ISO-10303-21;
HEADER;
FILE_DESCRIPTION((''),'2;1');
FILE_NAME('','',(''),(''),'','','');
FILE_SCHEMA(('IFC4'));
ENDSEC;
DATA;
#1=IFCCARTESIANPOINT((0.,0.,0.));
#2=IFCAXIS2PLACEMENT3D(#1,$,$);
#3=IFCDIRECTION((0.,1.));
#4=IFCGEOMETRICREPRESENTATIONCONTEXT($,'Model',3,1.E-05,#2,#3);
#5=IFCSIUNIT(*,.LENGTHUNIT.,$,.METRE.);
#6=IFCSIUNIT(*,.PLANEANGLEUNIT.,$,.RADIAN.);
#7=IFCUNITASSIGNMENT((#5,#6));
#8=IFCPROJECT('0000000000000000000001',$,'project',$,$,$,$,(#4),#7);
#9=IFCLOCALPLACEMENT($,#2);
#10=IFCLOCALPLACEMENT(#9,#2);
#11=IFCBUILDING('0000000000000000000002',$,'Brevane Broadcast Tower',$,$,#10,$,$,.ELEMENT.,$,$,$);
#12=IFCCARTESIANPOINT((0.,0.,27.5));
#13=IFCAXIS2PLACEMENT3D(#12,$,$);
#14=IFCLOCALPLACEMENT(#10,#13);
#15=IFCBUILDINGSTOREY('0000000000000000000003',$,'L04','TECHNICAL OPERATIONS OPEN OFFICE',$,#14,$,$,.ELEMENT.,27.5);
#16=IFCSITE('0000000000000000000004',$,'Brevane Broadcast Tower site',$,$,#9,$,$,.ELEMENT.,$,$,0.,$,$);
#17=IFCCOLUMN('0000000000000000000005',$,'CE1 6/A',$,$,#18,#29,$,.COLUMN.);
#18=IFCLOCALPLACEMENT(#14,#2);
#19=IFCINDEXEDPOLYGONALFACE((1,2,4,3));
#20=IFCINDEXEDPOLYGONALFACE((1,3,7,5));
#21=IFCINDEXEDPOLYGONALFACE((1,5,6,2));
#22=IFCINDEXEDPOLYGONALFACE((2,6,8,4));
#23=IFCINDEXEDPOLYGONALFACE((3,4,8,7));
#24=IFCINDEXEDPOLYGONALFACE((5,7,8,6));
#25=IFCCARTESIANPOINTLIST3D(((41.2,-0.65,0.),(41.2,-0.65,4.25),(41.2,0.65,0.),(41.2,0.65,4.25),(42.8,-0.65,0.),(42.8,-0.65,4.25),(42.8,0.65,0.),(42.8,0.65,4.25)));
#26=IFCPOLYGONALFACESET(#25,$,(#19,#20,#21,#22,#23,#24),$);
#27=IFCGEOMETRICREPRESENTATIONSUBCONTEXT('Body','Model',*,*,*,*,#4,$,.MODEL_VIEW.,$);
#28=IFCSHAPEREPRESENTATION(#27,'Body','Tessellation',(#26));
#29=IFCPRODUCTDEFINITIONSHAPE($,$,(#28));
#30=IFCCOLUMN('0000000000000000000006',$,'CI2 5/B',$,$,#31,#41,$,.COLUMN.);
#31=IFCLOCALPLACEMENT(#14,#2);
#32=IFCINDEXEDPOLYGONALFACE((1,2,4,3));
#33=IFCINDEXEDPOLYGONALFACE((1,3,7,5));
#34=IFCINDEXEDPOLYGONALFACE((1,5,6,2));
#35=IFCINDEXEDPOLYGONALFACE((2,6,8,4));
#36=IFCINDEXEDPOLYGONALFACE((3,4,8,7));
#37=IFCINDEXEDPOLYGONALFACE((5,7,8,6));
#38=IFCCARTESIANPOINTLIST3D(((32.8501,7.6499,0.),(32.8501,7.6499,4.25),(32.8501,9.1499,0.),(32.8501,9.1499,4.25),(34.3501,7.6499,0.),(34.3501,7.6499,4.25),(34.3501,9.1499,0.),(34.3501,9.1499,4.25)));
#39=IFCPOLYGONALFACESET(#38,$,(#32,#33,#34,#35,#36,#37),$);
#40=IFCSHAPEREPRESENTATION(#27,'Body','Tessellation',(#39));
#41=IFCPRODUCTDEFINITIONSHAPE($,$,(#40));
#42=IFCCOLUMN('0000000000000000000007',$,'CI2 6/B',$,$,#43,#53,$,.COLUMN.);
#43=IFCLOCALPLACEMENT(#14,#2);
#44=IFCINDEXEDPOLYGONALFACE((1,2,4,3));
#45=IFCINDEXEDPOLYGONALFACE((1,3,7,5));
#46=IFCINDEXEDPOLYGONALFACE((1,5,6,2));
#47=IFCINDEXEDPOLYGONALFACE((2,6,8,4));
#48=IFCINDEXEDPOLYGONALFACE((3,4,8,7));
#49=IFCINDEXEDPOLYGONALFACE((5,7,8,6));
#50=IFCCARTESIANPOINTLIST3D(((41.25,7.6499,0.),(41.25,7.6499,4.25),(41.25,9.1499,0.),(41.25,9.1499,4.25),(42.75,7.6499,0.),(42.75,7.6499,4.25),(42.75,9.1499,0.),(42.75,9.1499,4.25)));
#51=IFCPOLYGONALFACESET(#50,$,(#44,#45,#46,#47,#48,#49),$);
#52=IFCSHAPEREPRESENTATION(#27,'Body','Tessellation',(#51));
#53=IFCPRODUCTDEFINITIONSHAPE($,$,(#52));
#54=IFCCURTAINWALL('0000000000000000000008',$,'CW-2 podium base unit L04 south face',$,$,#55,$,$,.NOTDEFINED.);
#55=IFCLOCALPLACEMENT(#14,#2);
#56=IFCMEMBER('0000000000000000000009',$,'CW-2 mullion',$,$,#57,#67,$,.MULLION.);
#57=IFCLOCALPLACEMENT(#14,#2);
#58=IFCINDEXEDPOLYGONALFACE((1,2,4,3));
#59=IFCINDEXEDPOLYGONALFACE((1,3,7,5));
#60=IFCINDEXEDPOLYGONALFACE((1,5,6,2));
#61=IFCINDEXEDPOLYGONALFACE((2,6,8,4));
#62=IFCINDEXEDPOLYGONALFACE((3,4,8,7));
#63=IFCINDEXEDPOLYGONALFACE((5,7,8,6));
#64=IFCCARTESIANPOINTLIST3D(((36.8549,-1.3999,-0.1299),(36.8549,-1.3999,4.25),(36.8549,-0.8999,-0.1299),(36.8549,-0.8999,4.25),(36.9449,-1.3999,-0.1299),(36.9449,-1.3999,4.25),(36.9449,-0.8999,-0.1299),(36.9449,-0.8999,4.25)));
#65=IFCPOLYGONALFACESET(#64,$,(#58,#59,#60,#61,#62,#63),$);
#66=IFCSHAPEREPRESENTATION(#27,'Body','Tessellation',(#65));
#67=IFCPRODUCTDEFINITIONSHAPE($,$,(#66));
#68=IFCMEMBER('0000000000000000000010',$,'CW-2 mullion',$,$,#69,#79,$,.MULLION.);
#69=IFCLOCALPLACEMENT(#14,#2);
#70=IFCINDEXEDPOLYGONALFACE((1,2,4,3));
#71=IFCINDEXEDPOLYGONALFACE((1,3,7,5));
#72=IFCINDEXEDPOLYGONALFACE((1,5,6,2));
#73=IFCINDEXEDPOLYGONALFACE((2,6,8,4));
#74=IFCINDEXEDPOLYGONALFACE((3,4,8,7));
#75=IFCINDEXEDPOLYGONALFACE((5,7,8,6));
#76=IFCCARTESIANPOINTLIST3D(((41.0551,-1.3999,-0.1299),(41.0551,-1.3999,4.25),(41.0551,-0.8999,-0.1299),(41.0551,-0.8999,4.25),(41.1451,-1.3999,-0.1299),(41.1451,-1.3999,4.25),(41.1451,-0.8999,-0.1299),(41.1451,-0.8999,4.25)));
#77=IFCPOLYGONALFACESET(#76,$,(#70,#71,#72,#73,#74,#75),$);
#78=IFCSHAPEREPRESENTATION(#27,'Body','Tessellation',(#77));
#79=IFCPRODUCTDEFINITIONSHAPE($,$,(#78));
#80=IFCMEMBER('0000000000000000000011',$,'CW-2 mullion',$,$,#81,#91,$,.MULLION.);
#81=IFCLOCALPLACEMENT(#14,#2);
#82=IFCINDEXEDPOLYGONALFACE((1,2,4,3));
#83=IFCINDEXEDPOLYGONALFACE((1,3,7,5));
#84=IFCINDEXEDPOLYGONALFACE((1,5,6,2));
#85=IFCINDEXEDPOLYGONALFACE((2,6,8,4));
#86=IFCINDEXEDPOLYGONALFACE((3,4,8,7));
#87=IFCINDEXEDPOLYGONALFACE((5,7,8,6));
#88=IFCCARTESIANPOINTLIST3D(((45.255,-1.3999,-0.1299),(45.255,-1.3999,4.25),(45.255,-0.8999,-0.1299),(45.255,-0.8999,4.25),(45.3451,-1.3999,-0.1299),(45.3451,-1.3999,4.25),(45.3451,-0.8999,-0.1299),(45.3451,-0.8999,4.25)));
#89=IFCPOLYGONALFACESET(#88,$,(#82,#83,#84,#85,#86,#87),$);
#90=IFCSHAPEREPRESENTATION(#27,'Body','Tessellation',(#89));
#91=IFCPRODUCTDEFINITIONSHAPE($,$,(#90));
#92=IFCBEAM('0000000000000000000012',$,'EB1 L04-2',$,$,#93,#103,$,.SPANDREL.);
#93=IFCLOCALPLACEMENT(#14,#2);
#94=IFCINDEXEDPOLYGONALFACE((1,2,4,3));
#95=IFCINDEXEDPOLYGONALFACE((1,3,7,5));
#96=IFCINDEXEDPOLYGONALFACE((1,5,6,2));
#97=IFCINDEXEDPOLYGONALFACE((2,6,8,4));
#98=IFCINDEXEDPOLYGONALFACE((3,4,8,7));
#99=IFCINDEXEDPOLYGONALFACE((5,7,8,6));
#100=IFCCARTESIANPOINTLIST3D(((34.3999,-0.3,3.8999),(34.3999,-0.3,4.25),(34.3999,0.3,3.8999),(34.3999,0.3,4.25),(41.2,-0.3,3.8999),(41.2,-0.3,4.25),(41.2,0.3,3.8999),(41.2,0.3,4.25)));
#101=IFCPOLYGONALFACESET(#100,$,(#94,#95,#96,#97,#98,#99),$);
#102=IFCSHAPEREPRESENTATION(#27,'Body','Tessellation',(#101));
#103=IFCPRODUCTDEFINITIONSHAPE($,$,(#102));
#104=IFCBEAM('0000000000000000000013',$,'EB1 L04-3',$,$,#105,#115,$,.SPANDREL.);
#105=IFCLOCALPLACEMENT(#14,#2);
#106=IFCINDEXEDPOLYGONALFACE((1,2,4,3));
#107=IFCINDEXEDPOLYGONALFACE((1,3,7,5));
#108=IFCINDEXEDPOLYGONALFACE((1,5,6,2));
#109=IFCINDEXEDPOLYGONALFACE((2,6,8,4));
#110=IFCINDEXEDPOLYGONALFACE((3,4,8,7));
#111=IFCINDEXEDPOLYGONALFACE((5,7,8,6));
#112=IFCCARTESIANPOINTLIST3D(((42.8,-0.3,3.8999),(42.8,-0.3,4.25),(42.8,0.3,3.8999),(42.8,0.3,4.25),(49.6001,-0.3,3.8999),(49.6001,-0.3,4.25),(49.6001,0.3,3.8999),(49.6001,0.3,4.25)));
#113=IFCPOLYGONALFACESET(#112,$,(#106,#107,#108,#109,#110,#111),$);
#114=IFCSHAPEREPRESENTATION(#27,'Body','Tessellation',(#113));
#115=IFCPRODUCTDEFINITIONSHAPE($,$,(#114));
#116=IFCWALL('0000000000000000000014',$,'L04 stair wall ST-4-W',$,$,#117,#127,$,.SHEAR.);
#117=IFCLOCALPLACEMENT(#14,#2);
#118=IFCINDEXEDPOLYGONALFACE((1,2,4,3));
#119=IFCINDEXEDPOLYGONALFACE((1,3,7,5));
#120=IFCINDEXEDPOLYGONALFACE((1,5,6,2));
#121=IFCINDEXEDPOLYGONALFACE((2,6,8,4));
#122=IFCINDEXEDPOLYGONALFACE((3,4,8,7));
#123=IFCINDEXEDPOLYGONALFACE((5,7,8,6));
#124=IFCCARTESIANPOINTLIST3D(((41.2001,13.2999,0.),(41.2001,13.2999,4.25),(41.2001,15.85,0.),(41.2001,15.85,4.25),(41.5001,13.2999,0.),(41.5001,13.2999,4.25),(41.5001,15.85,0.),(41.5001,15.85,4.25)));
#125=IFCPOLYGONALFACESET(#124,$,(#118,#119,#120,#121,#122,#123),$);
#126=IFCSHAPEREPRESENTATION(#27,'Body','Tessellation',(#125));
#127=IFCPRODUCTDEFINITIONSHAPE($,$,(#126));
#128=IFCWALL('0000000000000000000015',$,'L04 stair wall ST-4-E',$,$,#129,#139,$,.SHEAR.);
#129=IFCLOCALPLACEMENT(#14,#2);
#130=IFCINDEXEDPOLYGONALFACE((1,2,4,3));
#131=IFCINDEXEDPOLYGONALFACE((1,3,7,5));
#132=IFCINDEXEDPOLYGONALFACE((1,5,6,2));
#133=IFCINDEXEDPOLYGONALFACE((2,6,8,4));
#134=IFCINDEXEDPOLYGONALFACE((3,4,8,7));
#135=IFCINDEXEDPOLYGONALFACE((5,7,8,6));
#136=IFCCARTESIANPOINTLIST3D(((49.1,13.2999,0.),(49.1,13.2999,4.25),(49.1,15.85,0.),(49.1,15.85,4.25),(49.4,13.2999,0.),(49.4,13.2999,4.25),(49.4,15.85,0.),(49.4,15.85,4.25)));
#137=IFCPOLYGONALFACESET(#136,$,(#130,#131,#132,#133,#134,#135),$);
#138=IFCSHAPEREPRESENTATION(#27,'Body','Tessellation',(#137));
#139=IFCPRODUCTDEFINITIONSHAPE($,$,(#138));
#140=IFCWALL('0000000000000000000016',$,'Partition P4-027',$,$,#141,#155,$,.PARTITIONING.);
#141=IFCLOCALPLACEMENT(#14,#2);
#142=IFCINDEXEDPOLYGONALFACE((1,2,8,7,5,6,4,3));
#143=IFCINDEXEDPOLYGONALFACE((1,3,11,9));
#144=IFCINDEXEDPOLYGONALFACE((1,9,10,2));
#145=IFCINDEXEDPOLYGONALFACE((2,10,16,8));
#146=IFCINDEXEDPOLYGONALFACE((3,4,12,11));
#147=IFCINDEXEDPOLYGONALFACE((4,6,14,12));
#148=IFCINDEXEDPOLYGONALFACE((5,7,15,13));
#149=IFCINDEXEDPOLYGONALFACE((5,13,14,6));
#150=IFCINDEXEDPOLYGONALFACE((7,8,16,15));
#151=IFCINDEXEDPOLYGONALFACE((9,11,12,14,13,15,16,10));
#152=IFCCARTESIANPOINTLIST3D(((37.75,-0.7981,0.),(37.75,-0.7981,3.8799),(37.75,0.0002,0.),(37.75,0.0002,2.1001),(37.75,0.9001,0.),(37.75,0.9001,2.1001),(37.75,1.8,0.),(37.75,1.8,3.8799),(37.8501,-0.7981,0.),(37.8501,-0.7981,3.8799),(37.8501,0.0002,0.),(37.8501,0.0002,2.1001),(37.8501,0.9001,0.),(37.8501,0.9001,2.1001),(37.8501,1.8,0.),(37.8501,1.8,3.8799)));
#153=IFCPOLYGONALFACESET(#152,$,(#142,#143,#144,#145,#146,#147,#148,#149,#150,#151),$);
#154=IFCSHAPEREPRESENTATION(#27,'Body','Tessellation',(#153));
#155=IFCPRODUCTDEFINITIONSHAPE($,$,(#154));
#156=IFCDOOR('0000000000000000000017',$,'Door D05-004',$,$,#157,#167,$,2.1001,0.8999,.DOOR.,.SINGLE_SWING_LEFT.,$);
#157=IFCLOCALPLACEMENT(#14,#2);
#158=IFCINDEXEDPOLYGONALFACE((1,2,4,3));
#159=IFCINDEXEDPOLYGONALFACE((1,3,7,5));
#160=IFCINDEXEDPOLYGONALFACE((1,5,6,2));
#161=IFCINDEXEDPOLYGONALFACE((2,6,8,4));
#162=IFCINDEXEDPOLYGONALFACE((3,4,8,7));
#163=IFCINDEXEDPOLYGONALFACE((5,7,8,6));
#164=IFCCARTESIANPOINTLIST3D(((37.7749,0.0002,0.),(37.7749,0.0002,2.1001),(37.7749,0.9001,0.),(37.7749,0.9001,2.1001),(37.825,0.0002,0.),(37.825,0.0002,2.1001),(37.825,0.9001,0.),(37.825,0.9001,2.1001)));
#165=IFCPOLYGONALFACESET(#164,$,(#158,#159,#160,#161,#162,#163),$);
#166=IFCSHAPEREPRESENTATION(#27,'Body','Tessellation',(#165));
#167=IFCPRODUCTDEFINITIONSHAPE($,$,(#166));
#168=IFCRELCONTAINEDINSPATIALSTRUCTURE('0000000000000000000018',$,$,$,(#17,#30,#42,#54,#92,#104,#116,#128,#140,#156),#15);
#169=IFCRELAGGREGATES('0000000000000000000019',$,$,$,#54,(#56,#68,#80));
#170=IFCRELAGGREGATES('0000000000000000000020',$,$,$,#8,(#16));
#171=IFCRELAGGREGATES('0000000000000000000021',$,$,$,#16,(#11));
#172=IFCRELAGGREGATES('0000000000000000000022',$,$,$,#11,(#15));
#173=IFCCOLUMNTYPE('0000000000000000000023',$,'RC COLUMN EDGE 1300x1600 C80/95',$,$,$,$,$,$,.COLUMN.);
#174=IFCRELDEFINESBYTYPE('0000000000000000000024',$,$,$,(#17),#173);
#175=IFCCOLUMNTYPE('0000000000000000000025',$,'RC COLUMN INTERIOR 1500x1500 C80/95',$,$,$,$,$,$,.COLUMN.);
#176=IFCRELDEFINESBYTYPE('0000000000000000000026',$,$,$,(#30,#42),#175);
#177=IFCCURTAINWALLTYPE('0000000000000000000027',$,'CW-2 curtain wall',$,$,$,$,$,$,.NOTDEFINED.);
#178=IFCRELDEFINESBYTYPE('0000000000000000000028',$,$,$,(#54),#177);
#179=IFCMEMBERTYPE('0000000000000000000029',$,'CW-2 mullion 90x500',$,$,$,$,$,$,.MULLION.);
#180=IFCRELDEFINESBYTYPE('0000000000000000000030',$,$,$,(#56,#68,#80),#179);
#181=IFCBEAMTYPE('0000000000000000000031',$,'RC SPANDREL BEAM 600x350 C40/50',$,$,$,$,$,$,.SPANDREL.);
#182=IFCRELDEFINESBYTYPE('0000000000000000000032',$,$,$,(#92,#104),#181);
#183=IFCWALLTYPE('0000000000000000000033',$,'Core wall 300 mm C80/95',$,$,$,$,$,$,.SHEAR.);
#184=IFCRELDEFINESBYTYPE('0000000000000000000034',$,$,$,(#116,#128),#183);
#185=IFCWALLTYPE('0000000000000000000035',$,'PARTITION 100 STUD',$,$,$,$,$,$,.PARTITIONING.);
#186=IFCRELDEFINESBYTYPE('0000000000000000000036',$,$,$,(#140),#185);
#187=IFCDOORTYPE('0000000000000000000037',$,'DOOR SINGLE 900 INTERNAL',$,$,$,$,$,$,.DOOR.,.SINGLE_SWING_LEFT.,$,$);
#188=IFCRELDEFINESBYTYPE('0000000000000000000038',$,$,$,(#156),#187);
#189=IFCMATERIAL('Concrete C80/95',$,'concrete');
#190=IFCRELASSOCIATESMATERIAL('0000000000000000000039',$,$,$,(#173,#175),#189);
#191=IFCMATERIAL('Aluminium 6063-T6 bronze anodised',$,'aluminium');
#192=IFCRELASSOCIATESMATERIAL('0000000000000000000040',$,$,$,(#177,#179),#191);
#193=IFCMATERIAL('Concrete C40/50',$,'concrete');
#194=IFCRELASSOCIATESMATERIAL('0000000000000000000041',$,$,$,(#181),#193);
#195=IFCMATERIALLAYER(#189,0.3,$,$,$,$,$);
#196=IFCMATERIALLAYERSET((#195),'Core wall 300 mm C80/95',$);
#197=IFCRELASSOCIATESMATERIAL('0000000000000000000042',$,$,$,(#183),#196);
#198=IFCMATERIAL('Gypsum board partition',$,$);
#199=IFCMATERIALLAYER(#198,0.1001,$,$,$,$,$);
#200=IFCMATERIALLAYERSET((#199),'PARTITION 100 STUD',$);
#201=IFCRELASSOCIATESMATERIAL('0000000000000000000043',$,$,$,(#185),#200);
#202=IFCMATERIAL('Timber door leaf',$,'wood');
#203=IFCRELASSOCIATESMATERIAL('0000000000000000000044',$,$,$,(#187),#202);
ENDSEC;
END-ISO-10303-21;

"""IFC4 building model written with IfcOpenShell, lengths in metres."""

from ifc_helpers import new_model, si_unit, direction, frame, frame_2d, origin, origin_2d, place, context, subcontext, project, spatial, rectangle, extrude, material, layer, layer_set, material_profile, profile_set, type_object, element, fill, aggregate, save


model = new_model("IFC4")

# Units and contexts
model_context = context("Model", 3, precision=1e-05, world=origin(), true_north=direction((0.0, 1.0)))
body_context = subcontext(model_context, "Body", "Model", "MODEL_VIEW")
ifc_project = project(units=[si_unit("LENGTHUNIT", "METRE"), si_unit("PLANEANGLEUNIT", "RADIAN")], contexts=[model_context])

# Site, building, storey
site_placement = place(None, origin())
site = spatial("IfcSite", under=ifc_project, at=site_placement, Name="Brevane Broadcast Tower site", CompositionType="ELEMENT", RefElevation=0.0)
building_placement = place(site_placement, origin())
building = spatial("IfcBuilding", under=site, at=building_placement, Name="Brevane Broadcast Tower", CompositionType="ELEMENT")
storey_placement = place(building_placement, frame((0.0, 0.0, 27.5)))
storey = spatial("IfcBuildingStorey", under=building, at=storey_placement, Name="L04", Description="TECHNICAL OPERATIONS OPEN OFFICE", CompositionType="ELEMENT", Elevation=27.5)

# Columns
ifc_material_1 = material(Name="Concrete C80/95", Category="concrete")
ifc_material_profile_1 = material_profile(ifc_material_1, rectangle(XDim=1.3, YDim=1.6001, at=origin_2d()), Name="RC 1300x1600")
ifc_profile_set_1 = profile_set([ifc_material_profile_1], Name="Concrete C80/95")
column_type_1 = type_object("IfcColumnType", Name="RC COLUMN EDGE 1300x1600 C80/95", PredefinedType="COLUMN", material=ifc_profile_set_1)
column_placement = place(storey_placement, frame((42.0, 0.0, 0.0), z_axis=(0.0, 0.0, 1.0), x_axis=(0.0, 1.0, 0.0)))
element("IfcColumn", 1, at=column_placement, inside=storey, type_object=column_type_1, Name="CE1 6/A", PredefinedType="COLUMN", context=body_context, shape_type="SweptSolid", body=[
    extrude(rectangle(XDim=1.3, YDim=1.6001, at=origin_2d()), origin(), (0.0, 0.0, 1.0), 4.25),
])
ifc_material_profile_2 = material_profile(ifc_material_1, rectangle(XDim=1.5, YDim=1.5, at=origin_2d()), Name="RC 1500x1500")
ifc_profile_set_2 = profile_set([ifc_material_profile_2], Name="Concrete C80/95")
column_type_2 = type_object("IfcColumnType", Name="RC COLUMN INTERIOR 1500x1500 C80/95", PredefinedType="COLUMN", material=ifc_profile_set_2)
for number, where, z_axis, x_axis, name in (
    (2, (33.6001, 8.3999, 0.0), (0.0, 0.0, 1.0), (1.0, 0.0, 0.0), "CI2 5/B"),
    (3, (42.0, 8.3999, 0.0), (0.0, 0.0, 1.0), (1.0, 0.0, 0.0), "CI2 6/B"),
):
    element("IfcColumn", number, at=place(storey_placement, frame(where, z_axis=z_axis, x_axis=x_axis)), inside=storey, type_object=column_type_2, Name=name, PredefinedType="COLUMN", context=body_context, shape_type="SweptSolid", body=[
        extrude(rectangle(XDim=1.5, YDim=1.5, at=origin_2d()), origin(), (0.0, 0.0, 1.0), 4.25),
    ])

# Curtain wall, members
ifc_material_2 = material(Name="Aluminium 6063-T6 bronze anodised", Category="aluminium")
curtain_wall_type = type_object("IfcCurtainWallType", Name="CW-2 curtain wall", PredefinedType="NOTDEFINED", material=ifc_material_2)
curtain_wall_placement = place(storey_placement, origin())
curtain_wall = element("IfcCurtainWall", 4, at=curtain_wall_placement, inside=storey, type_object=curtain_wall_type, Name="CW-2 podium base unit L04 south face", PredefinedType="NOTDEFINED")
ifc_material_profile_3 = material_profile(ifc_material_2, rectangle(XDim=0.5, YDim=0.0901, at=origin_2d()), Name="RECT 90x500")
ifc_profile_set_3 = profile_set([ifc_material_profile_3], Name="Aluminium 6063-T6 bronze anodised")
member_type = type_object("IfcMemberType", Name="CW-2 mullion 90x500", PredefinedType="MULLION", material=ifc_profile_set_3)
member_1_placement = place(storey_placement, frame((36.8999, -1.1499, -0.1299), z_axis=(0.0, 0.0, 1.0), x_axis=(0.0, 1.0, 0.0)))
member_1 = element("IfcMember", 5, at=member_1_placement, type_object=member_type, Name="CW-2 mullion", PredefinedType="MULLION", context=body_context, shape_type="SweptSolid", body=[
    extrude(rectangle(XDim=0.5, YDim=0.0901, at=origin_2d()), origin(), (0.0, 0.0, 1.0), 4.3799),
])
member_2_placement = place(storey_placement, frame((41.1001, -1.1499, -0.1299), z_axis=(0.0, 0.0, 1.0), x_axis=(0.0, 1.0, 0.0)))
member_2 = element("IfcMember", 6, at=member_2_placement, type_object=member_type, Name="CW-2 mullion", PredefinedType="MULLION", context=body_context, shape_type="SweptSolid", body=[
    extrude(rectangle(XDim=0.5, YDim=0.0901, at=origin_2d()), origin(), (0.0, 0.0, 1.0), 4.3799),
])
member_3_placement = place(storey_placement, frame((45.3, -1.1499, -0.1299), z_axis=(0.0, 0.0, 1.0), x_axis=(0.0, 1.0, 0.0)))
member_3 = element("IfcMember", 7, at=member_3_placement, type_object=member_type, Name="CW-2 mullion", PredefinedType="MULLION", context=body_context, shape_type="SweptSolid", body=[
    extrude(rectangle(XDim=0.5, YDim=0.0901, at=origin_2d()), origin(), (0.0, 0.0, 1.0), 4.3799),
])
aggregate(curtain_wall, [member_1, member_2, member_3])

# Beams
ifc_material_3 = material(Name="Concrete C40/50", Category="concrete")
ifc_material_profile_4 = material_profile(ifc_material_3, rectangle(XDim=0.6001, YDim=0.3501, at=origin_2d()), Name="RC 600x350")
ifc_profile_set_4 = profile_set([ifc_material_profile_4], Name="Concrete C40/50")
beam_type = type_object("IfcBeamType", Name="RC SPANDREL BEAM 600x350 C40/50", PredefinedType="SPANDREL", material=ifc_profile_set_4)
for number, where, z_axis, x_axis, name in (
    (8, (34.3999, 0.0, 4.075), (1.0, 0.0, 0.0), (0.0, 1.0, 0.0), "EB1 L04-2"),
    (9, (42.8, 0.0, 4.075), (1.0, 0.0, 0.0), (0.0, 1.0, 0.0), "EB1 L04-3"),
):
    element("IfcBeam", number, at=place(storey_placement, frame(where, z_axis=z_axis, x_axis=x_axis)), inside=storey, type_object=beam_type, Name=name, PredefinedType="SPANDREL", context=body_context, shape_type="SweptSolid", body=[
        extrude(rectangle(XDim=0.6001, YDim=0.3501, at=origin_2d()), origin(), (0.0, 0.0, 1.0), 6.8),
    ])

# Walls
ifc_layer_1 = layer(ifc_material_1, 0.3)
ifc_layer_set_1 = layer_set([ifc_layer_1], Name="Core wall 300 mm C80/95")
wall_type_1 = type_object("IfcWallType", Name="Core wall 300 mm C80/95", PredefinedType="SHEAR", material=ifc_layer_set_1)
for number, where, z_axis, x_axis, name in (
    (10, (41.3501, 13.3, 0.0), (0.0, 0.0, 1.0), (0.0, 1.0, 0.0), "L04 stair wall ST-4-W"),
    (11, (49.25, 13.3, 0.0), (0.0, 0.0, 1.0), (0.0, 1.0, 0.0), "L04 stair wall ST-4-E"),
):
    element("IfcWall", number, at=place(storey_placement, frame(where, z_axis=z_axis, x_axis=x_axis)), inside=storey, type_object=wall_type_1, Name=name, PredefinedType="SHEAR", context=body_context, shape_type="SweptSolid", body=[
        extrude(rectangle(XDim=2.55, YDim=0.3, at=frame_2d((1.2749, 0.0))), origin(), (0.0, 0.0, 1.0), 4.25),
    ])

# Wall, opening, door
ifc_material_4 = material(Name="Gypsum board partition")
ifc_layer_2 = layer(ifc_material_4, 0.1001)
ifc_layer_set_2 = layer_set([ifc_layer_2], Name="PARTITION 100 STUD")
wall_type_2 = type_object("IfcWallType", Name="PARTITION 100 STUD", PredefinedType="PARTITIONING", material=ifc_layer_set_2)
wall_1_placement = place(storey_placement, frame((37.8, 1.8, 0.0), z_axis=(0.0, 0.0, 1.0), x_axis=(0.0, -1.0, 0.0)))
wall_1 = element("IfcWall", 12, at=wall_1_placement, inside=storey, type_object=wall_type_2, Name="Partition P4-027", PredefinedType="PARTITIONING", context=body_context, shape_type="SweptSolid", body=[
    extrude(rectangle(XDim=2.5981, YDim=0.1001, at=frame_2d((1.2991, 0.0))), origin(), (0.0, 0.0, 1.0), 3.8799),
])
opening_1_placement = place(wall_1_placement, frame((0.8999, 0.0, 0.0)))
opening_1 = element("IfcOpeningElement", 13, at=opening_1_placement, cuts=wall_1, PredefinedType="OPENING", context=body_context, shape_type="SweptSolid", body=[
    extrude(rectangle(XDim=0.8999, YDim=2.1001, at=frame_2d((0.45, 1.05))), frame((0.0, 0.0601, 0.0), z_axis=(0.0, -1.0, 0.0), x_axis=(1.0, 0.0, 0.0)), (0.0, 0.0, 1.0), 0.1201),
])
ifc_material_5 = material(Name="Timber door leaf", Category="wood")
door_type_1 = type_object("IfcDoorType", Name="DOOR SINGLE 900 INTERNAL", OperationType="SINGLE_SWING_LEFT", PredefinedType="DOOR", material=ifc_material_5)
door_1_placement = place(opening_1_placement, origin())
door_1 = element("IfcDoor", 14, at=door_1_placement, inside=storey, type_object=door_type_1, Name="Door D05-004", OperationType="SINGLE_SWING_LEFT", OverallHeight=2.1001, OverallWidth=0.8999, PredefinedType="DOOR", context=body_context, shape_type="SweptSolid", body=[
    extrude(rectangle(XDim=0.8999, YDim=2.1001, at=frame_2d((0.45, 1.05))), frame((0.0, 0.0249, 0.0), z_axis=(0.0, -1.0, 0.0), x_axis=(1.0, 0.0, 0.0)), (0.0, 0.0, 1.0), 0.05),
])
fill(opening_1, door_1)

save(model, "model.ifc")
